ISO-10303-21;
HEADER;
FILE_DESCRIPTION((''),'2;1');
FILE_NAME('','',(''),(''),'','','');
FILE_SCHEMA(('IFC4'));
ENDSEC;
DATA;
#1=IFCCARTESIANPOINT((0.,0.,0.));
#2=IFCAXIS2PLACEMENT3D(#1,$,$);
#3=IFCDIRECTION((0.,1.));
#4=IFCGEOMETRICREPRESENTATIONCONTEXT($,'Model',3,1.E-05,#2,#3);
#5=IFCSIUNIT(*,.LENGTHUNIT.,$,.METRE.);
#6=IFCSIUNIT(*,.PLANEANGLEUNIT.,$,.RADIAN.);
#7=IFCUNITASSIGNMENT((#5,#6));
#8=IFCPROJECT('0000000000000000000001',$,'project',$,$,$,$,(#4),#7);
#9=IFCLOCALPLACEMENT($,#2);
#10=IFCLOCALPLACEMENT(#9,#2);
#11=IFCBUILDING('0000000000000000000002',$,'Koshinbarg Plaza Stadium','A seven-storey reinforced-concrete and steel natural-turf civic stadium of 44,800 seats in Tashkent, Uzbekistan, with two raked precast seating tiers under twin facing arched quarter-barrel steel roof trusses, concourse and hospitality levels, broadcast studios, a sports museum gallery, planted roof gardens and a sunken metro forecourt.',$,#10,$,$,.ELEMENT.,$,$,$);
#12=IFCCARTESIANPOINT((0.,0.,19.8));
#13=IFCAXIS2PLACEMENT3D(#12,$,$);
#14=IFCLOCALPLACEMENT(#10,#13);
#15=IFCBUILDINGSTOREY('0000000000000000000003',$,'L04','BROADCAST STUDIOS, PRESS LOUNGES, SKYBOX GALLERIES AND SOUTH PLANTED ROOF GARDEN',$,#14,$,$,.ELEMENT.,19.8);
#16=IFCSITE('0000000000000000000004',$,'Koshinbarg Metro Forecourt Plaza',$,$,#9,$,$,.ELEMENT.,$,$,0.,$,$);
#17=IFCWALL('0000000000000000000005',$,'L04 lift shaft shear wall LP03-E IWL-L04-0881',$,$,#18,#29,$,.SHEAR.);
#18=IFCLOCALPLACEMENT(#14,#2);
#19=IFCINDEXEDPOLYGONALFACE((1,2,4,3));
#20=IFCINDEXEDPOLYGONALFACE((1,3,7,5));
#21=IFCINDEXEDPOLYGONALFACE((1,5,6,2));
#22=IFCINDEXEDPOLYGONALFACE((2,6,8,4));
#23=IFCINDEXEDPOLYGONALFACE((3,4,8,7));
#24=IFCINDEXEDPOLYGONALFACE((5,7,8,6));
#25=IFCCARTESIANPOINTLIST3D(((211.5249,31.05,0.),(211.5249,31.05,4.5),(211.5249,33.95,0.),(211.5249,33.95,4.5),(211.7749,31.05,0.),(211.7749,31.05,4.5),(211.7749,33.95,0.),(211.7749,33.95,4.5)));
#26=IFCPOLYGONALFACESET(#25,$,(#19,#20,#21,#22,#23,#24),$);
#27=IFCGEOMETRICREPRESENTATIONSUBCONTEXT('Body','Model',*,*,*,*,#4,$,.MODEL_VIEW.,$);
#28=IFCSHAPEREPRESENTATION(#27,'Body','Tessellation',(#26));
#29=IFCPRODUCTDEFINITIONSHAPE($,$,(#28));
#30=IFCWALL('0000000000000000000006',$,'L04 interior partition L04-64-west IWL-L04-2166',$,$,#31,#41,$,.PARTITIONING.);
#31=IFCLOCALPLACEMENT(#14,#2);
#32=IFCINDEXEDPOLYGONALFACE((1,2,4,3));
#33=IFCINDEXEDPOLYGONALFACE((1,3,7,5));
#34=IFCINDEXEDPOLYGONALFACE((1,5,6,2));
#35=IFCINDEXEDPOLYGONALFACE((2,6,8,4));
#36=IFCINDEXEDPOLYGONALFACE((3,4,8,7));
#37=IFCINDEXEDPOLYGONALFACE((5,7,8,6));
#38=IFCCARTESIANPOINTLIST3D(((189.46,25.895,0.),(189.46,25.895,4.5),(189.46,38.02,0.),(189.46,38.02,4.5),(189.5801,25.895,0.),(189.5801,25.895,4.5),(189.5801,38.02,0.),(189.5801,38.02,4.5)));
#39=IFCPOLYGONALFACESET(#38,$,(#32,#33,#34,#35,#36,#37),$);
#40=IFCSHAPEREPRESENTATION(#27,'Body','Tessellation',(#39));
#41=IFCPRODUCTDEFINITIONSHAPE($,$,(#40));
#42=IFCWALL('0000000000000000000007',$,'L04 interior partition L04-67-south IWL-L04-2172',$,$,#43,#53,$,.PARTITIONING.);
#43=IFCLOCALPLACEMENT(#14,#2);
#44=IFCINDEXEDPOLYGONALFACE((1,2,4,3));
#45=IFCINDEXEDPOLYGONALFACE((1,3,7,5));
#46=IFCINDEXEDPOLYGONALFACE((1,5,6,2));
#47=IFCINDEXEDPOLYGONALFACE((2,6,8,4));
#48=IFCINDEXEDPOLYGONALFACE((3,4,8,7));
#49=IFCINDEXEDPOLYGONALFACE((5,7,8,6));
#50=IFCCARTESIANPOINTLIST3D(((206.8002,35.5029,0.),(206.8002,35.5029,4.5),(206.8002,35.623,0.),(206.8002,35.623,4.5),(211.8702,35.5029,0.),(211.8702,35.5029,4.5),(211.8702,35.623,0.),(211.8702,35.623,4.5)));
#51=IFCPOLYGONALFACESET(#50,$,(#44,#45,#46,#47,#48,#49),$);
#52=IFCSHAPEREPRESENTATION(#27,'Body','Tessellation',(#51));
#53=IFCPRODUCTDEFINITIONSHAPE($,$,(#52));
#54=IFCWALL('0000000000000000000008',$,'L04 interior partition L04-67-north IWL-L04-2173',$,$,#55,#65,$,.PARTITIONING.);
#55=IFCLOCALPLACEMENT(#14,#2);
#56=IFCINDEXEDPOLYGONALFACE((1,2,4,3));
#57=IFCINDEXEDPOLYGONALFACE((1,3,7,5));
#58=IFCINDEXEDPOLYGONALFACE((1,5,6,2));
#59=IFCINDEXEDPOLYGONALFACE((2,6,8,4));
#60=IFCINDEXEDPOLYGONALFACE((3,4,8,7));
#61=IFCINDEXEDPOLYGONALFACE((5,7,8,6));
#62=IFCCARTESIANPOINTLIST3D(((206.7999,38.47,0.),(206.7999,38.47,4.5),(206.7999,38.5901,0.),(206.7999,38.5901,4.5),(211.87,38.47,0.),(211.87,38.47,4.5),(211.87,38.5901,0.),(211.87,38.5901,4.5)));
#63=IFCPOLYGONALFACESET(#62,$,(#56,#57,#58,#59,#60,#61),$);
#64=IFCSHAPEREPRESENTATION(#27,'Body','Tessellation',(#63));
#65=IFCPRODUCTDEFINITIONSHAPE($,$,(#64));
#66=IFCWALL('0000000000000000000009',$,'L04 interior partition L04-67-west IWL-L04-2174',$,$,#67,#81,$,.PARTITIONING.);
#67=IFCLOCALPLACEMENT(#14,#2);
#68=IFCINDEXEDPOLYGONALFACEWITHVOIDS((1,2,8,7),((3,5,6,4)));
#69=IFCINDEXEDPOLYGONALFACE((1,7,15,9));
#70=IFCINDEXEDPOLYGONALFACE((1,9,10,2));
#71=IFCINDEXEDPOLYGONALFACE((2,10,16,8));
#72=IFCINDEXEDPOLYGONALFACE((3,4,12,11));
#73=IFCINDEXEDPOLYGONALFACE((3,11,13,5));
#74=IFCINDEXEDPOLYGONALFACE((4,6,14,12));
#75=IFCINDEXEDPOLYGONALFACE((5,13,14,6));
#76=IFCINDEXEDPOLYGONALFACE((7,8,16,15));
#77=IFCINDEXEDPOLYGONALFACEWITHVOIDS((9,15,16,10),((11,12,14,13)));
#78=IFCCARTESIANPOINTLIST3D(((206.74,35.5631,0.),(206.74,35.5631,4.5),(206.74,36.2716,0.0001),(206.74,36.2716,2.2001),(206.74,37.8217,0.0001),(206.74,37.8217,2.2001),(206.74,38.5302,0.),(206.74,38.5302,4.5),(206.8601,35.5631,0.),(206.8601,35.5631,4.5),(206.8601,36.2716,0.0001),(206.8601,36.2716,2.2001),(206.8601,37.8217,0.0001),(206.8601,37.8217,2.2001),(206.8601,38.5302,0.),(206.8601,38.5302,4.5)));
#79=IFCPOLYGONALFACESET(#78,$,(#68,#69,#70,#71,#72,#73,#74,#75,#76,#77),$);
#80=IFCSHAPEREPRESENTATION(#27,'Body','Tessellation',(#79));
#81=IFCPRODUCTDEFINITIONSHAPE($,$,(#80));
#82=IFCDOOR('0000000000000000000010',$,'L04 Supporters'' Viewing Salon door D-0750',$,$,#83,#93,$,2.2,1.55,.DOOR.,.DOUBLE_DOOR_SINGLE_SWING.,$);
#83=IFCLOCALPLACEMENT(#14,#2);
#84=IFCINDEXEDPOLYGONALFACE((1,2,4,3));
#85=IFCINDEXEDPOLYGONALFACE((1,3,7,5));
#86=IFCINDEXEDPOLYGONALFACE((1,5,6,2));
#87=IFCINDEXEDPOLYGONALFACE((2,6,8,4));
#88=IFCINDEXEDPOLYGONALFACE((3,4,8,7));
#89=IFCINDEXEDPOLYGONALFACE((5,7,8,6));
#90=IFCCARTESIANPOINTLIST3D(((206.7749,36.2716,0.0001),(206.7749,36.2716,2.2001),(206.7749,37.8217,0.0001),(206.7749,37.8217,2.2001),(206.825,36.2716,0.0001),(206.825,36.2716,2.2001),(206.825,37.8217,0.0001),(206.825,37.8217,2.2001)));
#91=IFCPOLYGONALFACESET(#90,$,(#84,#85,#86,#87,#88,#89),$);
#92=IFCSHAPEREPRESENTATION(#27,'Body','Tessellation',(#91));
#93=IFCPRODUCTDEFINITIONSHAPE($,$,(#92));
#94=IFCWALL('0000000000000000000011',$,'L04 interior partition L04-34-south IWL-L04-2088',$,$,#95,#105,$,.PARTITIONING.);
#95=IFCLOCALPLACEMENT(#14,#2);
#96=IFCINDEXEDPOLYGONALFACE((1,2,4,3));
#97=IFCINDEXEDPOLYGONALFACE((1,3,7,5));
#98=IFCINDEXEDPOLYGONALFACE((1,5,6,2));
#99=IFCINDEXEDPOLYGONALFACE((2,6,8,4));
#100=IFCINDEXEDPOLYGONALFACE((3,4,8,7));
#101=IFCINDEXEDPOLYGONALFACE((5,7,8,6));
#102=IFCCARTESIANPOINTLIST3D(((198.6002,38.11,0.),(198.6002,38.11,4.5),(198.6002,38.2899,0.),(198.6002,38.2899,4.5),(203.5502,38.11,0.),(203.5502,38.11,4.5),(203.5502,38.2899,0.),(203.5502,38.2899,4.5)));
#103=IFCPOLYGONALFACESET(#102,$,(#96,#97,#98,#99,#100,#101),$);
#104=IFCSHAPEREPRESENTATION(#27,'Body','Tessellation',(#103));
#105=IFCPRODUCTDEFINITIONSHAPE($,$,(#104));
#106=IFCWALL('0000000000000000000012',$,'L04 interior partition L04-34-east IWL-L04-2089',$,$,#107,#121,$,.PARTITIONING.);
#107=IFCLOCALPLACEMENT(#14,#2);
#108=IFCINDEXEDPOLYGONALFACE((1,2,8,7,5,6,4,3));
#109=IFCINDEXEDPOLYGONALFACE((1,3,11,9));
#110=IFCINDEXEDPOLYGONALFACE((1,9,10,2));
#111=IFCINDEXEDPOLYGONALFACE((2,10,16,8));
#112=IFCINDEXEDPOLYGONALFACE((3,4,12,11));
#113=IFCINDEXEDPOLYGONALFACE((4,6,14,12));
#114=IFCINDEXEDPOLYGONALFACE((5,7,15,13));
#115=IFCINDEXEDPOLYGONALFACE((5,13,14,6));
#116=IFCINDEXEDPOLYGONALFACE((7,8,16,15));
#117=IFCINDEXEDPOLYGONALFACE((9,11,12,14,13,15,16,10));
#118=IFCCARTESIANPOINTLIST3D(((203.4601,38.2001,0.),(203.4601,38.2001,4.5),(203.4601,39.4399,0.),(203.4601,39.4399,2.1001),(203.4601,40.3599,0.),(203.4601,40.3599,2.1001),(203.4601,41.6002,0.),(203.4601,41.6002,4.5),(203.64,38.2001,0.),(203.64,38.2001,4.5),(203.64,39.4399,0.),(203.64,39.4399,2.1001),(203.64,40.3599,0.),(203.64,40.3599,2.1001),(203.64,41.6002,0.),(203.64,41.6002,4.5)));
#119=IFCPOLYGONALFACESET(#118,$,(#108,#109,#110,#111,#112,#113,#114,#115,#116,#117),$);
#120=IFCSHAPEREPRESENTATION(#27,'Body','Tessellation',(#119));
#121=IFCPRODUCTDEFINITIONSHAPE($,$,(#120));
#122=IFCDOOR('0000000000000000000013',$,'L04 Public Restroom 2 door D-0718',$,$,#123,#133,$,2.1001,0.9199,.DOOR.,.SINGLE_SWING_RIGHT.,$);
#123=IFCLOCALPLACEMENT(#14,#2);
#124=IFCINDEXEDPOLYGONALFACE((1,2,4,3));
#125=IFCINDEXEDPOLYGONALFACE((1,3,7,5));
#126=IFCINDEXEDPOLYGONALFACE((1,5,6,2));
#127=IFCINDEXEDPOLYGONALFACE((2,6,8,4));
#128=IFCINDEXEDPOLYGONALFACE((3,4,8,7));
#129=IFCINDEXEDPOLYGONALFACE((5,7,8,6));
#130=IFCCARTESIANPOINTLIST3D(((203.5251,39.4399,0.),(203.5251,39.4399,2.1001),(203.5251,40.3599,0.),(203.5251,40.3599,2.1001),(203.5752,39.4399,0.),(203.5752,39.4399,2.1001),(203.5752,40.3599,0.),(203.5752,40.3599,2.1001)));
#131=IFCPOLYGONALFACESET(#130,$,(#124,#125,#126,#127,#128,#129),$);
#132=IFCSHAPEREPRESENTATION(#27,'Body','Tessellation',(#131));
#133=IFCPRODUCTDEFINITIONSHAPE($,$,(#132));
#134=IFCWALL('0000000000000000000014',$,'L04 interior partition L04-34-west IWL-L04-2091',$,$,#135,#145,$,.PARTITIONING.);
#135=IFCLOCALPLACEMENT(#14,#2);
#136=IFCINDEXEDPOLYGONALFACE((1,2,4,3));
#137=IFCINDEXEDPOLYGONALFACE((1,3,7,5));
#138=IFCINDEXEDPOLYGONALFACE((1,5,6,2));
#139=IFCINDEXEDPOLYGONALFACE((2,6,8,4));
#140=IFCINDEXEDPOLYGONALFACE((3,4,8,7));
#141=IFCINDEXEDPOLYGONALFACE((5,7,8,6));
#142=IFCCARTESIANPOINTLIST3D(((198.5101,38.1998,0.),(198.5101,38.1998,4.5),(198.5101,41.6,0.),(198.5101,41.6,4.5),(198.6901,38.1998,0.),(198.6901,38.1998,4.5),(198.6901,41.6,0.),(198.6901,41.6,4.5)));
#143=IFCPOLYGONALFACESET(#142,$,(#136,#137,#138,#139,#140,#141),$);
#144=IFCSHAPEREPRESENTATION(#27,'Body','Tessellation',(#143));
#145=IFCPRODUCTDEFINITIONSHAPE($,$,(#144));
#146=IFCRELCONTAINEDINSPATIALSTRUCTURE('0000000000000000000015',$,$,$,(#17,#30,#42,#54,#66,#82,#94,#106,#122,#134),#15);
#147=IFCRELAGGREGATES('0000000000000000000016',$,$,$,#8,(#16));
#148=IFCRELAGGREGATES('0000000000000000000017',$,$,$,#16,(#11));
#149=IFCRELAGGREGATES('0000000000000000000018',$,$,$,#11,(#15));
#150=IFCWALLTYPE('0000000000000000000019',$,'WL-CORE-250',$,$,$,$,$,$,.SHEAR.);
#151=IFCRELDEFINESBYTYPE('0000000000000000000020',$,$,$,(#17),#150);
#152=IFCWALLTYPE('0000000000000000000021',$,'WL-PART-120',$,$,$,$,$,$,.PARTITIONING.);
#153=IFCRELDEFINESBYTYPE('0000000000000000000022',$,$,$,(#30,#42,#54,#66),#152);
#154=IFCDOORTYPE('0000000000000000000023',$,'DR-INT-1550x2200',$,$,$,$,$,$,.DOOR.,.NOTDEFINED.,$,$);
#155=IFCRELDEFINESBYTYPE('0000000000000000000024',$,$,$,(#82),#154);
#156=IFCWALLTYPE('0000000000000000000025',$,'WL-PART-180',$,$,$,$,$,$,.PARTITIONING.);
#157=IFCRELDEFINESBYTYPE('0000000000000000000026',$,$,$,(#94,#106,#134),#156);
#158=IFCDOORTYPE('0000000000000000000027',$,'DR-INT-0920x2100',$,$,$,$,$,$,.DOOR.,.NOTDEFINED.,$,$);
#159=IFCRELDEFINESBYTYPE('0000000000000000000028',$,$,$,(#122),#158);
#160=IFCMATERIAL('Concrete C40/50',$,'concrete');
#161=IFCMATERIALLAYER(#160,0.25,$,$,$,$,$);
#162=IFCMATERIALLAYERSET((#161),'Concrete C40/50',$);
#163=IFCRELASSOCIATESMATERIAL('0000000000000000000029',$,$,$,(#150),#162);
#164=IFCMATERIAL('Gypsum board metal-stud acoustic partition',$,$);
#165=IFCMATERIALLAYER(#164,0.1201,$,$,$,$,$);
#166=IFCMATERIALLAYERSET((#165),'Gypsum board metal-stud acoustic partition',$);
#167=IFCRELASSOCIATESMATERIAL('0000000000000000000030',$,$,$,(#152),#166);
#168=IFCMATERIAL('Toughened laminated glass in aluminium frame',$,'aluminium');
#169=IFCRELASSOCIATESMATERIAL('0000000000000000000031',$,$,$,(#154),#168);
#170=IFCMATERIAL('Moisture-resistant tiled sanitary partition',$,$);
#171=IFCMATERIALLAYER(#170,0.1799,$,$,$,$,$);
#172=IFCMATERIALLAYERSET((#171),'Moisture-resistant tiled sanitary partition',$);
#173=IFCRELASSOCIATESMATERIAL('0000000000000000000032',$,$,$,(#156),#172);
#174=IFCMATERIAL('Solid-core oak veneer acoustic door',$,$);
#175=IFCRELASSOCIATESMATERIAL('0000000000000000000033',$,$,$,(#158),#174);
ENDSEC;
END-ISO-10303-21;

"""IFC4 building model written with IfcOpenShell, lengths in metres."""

from ifc_helpers import new_model, si_unit, direction, frame, frame_2d, origin, place, context, subcontext, project, spatial, rectangle, extrude, material, layer, layer_set, type_object, element, fill, save


model = new_model("IFC4")

# Units and contexts
model_context = context("Model", 3, precision=1e-05, world=origin(), true_north=direction((0.0, 1.0)))
body_context = subcontext(model_context, "Body", "Model", "MODEL_VIEW")
ifc_project = project(units=[si_unit("LENGTHUNIT", "METRE"), si_unit("PLANEANGLEUNIT", "RADIAN")], contexts=[model_context])

# Site, building, storey
site_placement = place(None, origin())
site = spatial("IfcSite", under=ifc_project, at=site_placement, Name="Koshinbarg Metro Forecourt Plaza", CompositionType="ELEMENT", RefElevation=0.0)
building_placement = place(site_placement, origin())
building = spatial("IfcBuilding", under=site, at=building_placement, Name="Koshinbarg Plaza Stadium", Description="A seven-storey reinforced-concrete and steel natural-turf civic stadium of 44,800 seats in Tashkent, Uzbekistan, with two raked precast seating tiers under twin facing arched quarter-barrel steel roof trusses, concourse and hospitality levels, broadcast studios, a sports museum gallery, planted roof gardens and a sunken metro forecourt.", CompositionType="ELEMENT")
storey_placement = place(building_placement, frame((0.0, 0.0, 19.8)))
storey = spatial("IfcBuildingStorey", under=building, at=storey_placement, Name="L04", Description="BROADCAST STUDIOS, PRESS LOUNGES, SKYBOX GALLERIES AND SOUTH PLANTED ROOF GARDEN", CompositionType="ELEMENT", Elevation=19.8)

# Shared definitions
ifc_material_1 = material(Name="Concrete C40/50", Category="concrete")
ifc_layer_1 = layer(ifc_material_1, 0.25)
ifc_layer_set_1 = layer_set([ifc_layer_1], Name="Concrete C40/50")
wall_type_1 = type_object("IfcWallType", Name="WL-CORE-250", PredefinedType="SHEAR", material=ifc_layer_set_1)

# Walls
for number, where, z_axis, x_axis, name in (
    (1, (211.6499, 31.05, 0.0), (0.0, 0.0, 1.0), (0.0, 1.0, 0.0), "L04 lift shaft shear wall LP03-E IWL-L04-0881"),
):
    element("IfcWall", number, at=place(storey_placement, frame(where, z_axis=z_axis, x_axis=x_axis)), inside=storey, type_object=wall_type_1, Name=name, PredefinedType="SHEAR", context=body_context, shape_type="SweptSolid", body=[
        extrude(rectangle(XDim=2.8999, YDim=0.25, at=frame_2d((1.45, 0.0))), origin(), (0.0, 0.0, 1.0), 4.5),
    ])
ifc_material_2 = material(Name="Gypsum board metal-stud acoustic partition")
ifc_layer_2 = layer(ifc_material_2, 0.1201)
ifc_layer_set_2 = layer_set([ifc_layer_2], Name="Gypsum board metal-stud acoustic partition")
wall_type_2 = type_object("IfcWallType", Name="WL-PART-120", PredefinedType="PARTITIONING", material=ifc_layer_set_2)
wall_1_placement = place(storey_placement, frame((189.52, 38.02, 0.0), z_axis=(0.0, 0.0, 1.0), x_axis=(0.0, -1.0, 0.0)))
element("IfcWall", 2, at=wall_1_placement, inside=storey, type_object=wall_type_2, Name="L04 interior partition L04-64-west IWL-L04-2166", PredefinedType="PARTITIONING", context=body_context, shape_type="SweptSolid", body=[
    extrude(rectangle(XDim=12.125, YDim=0.1201, at=frame_2d((6.0625, 0.0))), origin(), (0.0, 0.0, 1.0), 4.5),
])
for number, where, z_axis, x_axis, name in (
    (3, (206.8, 35.563, 0.0), (0.0, 0.0, 1.0), (1.0, 0.0, 0.0), "L04 interior partition L04-67-south IWL-L04-2172"),
    (4, (211.8701, 38.53, 0.0), (0.0, 0.0, 1.0), (-1.0, 0.0, 0.0), "L04 interior partition L04-67-north IWL-L04-2173"),
):
    element("IfcWall", number, at=place(storey_placement, frame(where, z_axis=z_axis, x_axis=x_axis)), inside=storey, type_object=wall_type_2, Name=name, PredefinedType="PARTITIONING", context=body_context, shape_type="SweptSolid", body=[
        extrude(rectangle(XDim=5.0701, YDim=0.1201, at=frame_2d((2.5352, 0.0))), origin(), (0.0, 0.0, 1.0), 4.5),
    ])

# Wall, opening, door
wall_2_placement = place(storey_placement, frame((206.8, 38.53, 0.0), z_axis=(0.0, 0.0, 1.0), x_axis=(0.0, -1.0, 0.0)))
wall_2 = element("IfcWall", 5, at=wall_2_placement, inside=storey, type_object=wall_type_2, Name="L04 interior partition L04-67-west IWL-L04-2174", PredefinedType="PARTITIONING", context=body_context, shape_type="SweptSolid", body=[
    extrude(rectangle(XDim=2.967, YDim=0.1201, at=frame_2d((1.4834, 0.0))), origin(), (0.0, 0.0, 1.0), 4.5),
])
opening_1_placement = place(wall_2_placement, frame((0.7085, 0.0, 0.0)))
opening_1 = element("IfcOpeningElement", 6, at=opening_1_placement, cuts=wall_2, PredefinedType="OPENING", context=body_context, shape_type="SweptSolid", body=[
    extrude(rectangle(XDim=1.55, YDim=2.2, at=frame_2d((0.7749, 1.1001))), frame((0.0, 0.0701, 0.0), z_axis=(0.0, -1.0, 0.0), x_axis=(1.0, 0.0, 0.0)), (0.0, 0.0, 1.0), 0.1401),
])
ifc_material_3 = material(Name="Toughened laminated glass in aluminium frame", Category="aluminium")
door_type_1 = type_object("IfcDoorType", Name="DR-INT-1550x2200", OperationType="NOTDEFINED", PredefinedType="DOOR", material=ifc_material_3)
door_1_placement = place(opening_1_placement, origin())
door_1 = element("IfcDoor", 7, at=door_1_placement, inside=storey, type_object=door_type_1, Name="L04 Supporters' Viewing Salon door D-0750", OperationType="DOUBLE_DOOR_SINGLE_SWING", OverallHeight=2.2, OverallWidth=1.55, PredefinedType="DOOR", context=body_context, shape_type="SweptSolid", body=[
    extrude(rectangle(XDim=1.55, YDim=2.2, at=frame_2d((0.7749, 1.1001))), frame((0.0, 0.0249, 0.0), z_axis=(0.0, -1.0, 0.0), x_axis=(1.0, 0.0, 0.0)), (0.0, 0.0, 1.0), 0.05),
])
fill(opening_1, door_1)

# Wall
ifc_material_4 = material(Name="Moisture-resistant tiled sanitary partition")
ifc_layer_3 = layer(ifc_material_4, 0.1799)
ifc_layer_set_3 = layer_set([ifc_layer_3], Name="Moisture-resistant tiled sanitary partition")
wall_type_3 = type_object("IfcWallType", Name="WL-PART-180", PredefinedType="PARTITIONING", material=ifc_layer_set_3)
wall_3_placement = place(storey_placement, frame((198.6001, 38.2, 0.0), z_axis=(0.0, 0.0, 1.0), x_axis=(1.0, 0.0, 0.0)))
element("IfcWall", 8, at=wall_3_placement, inside=storey, type_object=wall_type_3, Name="L04 interior partition L04-34-south IWL-L04-2088", PredefinedType="PARTITIONING", context=body_context, shape_type="SweptSolid", body=[
    extrude(rectangle(XDim=4.95, YDim=0.1799, at=frame_2d((2.4751, 0.0))), origin(), (0.0, 0.0, 1.0), 4.5),
])

# Wall, opening, door
wall_4_placement = place(storey_placement, frame((203.55, 38.2, 0.0), z_axis=(0.0, 0.0, 1.0), x_axis=(0.0, 1.0, 0.0)))
wall_4 = element("IfcWall", 9, at=wall_4_placement, inside=storey, type_object=wall_type_3, Name="L04 interior partition L04-34-east IWL-L04-2089", PredefinedType="PARTITIONING", context=body_context, shape_type="SweptSolid", body=[
    extrude(rectangle(XDim=3.4001, YDim=0.1799, at=frame_2d((1.7002, 0.0))), origin(), (0.0, 0.0, 1.0), 4.5),
])
opening_2_placement = place(wall_4_placement, frame((1.24, 0.0, 0.0)))
opening_2 = element("IfcOpeningElement", 10, at=opening_2_placement, cuts=wall_4, PredefinedType="OPENING", context=body_context, shape_type="SweptSolid", body=[
    extrude(rectangle(XDim=0.9199, YDim=2.1001, at=frame_2d((0.46, 1.05))), frame((0.0, 0.0999, 0.0), z_axis=(0.0, -1.0, 0.0), x_axis=(1.0, 0.0, 0.0)), (0.0, 0.0, 1.0), 0.2),
])
ifc_material_5 = material(Name="Solid-core oak veneer acoustic door")
door_type_2 = type_object("IfcDoorType", Name="DR-INT-0920x2100", OperationType="NOTDEFINED", PredefinedType="DOOR", material=ifc_material_5)
door_2_placement = place(opening_2_placement, origin())
door_2 = element("IfcDoor", 11, at=door_2_placement, inside=storey, type_object=door_type_2, Name="L04 Public Restroom 2 door D-0718", OperationType="SINGLE_SWING_RIGHT", OverallHeight=2.1001, OverallWidth=0.9199, PredefinedType="DOOR", context=body_context, shape_type="SweptSolid", body=[
    extrude(rectangle(XDim=0.9199, YDim=2.1001, at=frame_2d((0.46, 1.05))), frame((0.0, 0.0249, 0.0), z_axis=(0.0, -1.0, 0.0), x_axis=(1.0, 0.0, 0.0)), (0.0, 0.0, 1.0), 0.05),
])
fill(opening_2, door_2)

# Wall
wall_5_placement = place(storey_placement, frame((198.6001, 41.6001, 0.0), z_axis=(0.0, 0.0, 1.0), x_axis=(0.0, -1.0, 0.0)))
element("IfcWall", 12, at=wall_5_placement, inside=storey, type_object=wall_type_3, Name="L04 interior partition L04-34-west IWL-L04-2091", PredefinedType="PARTITIONING", context=body_context, shape_type="SweptSolid", body=[
    extrude(rectangle(XDim=3.4001, YDim=0.1799, at=frame_2d((1.7002, 0.0))), origin(), (0.0, 0.0, 1.0), 4.5),
])

save(model, "model.ifc")
